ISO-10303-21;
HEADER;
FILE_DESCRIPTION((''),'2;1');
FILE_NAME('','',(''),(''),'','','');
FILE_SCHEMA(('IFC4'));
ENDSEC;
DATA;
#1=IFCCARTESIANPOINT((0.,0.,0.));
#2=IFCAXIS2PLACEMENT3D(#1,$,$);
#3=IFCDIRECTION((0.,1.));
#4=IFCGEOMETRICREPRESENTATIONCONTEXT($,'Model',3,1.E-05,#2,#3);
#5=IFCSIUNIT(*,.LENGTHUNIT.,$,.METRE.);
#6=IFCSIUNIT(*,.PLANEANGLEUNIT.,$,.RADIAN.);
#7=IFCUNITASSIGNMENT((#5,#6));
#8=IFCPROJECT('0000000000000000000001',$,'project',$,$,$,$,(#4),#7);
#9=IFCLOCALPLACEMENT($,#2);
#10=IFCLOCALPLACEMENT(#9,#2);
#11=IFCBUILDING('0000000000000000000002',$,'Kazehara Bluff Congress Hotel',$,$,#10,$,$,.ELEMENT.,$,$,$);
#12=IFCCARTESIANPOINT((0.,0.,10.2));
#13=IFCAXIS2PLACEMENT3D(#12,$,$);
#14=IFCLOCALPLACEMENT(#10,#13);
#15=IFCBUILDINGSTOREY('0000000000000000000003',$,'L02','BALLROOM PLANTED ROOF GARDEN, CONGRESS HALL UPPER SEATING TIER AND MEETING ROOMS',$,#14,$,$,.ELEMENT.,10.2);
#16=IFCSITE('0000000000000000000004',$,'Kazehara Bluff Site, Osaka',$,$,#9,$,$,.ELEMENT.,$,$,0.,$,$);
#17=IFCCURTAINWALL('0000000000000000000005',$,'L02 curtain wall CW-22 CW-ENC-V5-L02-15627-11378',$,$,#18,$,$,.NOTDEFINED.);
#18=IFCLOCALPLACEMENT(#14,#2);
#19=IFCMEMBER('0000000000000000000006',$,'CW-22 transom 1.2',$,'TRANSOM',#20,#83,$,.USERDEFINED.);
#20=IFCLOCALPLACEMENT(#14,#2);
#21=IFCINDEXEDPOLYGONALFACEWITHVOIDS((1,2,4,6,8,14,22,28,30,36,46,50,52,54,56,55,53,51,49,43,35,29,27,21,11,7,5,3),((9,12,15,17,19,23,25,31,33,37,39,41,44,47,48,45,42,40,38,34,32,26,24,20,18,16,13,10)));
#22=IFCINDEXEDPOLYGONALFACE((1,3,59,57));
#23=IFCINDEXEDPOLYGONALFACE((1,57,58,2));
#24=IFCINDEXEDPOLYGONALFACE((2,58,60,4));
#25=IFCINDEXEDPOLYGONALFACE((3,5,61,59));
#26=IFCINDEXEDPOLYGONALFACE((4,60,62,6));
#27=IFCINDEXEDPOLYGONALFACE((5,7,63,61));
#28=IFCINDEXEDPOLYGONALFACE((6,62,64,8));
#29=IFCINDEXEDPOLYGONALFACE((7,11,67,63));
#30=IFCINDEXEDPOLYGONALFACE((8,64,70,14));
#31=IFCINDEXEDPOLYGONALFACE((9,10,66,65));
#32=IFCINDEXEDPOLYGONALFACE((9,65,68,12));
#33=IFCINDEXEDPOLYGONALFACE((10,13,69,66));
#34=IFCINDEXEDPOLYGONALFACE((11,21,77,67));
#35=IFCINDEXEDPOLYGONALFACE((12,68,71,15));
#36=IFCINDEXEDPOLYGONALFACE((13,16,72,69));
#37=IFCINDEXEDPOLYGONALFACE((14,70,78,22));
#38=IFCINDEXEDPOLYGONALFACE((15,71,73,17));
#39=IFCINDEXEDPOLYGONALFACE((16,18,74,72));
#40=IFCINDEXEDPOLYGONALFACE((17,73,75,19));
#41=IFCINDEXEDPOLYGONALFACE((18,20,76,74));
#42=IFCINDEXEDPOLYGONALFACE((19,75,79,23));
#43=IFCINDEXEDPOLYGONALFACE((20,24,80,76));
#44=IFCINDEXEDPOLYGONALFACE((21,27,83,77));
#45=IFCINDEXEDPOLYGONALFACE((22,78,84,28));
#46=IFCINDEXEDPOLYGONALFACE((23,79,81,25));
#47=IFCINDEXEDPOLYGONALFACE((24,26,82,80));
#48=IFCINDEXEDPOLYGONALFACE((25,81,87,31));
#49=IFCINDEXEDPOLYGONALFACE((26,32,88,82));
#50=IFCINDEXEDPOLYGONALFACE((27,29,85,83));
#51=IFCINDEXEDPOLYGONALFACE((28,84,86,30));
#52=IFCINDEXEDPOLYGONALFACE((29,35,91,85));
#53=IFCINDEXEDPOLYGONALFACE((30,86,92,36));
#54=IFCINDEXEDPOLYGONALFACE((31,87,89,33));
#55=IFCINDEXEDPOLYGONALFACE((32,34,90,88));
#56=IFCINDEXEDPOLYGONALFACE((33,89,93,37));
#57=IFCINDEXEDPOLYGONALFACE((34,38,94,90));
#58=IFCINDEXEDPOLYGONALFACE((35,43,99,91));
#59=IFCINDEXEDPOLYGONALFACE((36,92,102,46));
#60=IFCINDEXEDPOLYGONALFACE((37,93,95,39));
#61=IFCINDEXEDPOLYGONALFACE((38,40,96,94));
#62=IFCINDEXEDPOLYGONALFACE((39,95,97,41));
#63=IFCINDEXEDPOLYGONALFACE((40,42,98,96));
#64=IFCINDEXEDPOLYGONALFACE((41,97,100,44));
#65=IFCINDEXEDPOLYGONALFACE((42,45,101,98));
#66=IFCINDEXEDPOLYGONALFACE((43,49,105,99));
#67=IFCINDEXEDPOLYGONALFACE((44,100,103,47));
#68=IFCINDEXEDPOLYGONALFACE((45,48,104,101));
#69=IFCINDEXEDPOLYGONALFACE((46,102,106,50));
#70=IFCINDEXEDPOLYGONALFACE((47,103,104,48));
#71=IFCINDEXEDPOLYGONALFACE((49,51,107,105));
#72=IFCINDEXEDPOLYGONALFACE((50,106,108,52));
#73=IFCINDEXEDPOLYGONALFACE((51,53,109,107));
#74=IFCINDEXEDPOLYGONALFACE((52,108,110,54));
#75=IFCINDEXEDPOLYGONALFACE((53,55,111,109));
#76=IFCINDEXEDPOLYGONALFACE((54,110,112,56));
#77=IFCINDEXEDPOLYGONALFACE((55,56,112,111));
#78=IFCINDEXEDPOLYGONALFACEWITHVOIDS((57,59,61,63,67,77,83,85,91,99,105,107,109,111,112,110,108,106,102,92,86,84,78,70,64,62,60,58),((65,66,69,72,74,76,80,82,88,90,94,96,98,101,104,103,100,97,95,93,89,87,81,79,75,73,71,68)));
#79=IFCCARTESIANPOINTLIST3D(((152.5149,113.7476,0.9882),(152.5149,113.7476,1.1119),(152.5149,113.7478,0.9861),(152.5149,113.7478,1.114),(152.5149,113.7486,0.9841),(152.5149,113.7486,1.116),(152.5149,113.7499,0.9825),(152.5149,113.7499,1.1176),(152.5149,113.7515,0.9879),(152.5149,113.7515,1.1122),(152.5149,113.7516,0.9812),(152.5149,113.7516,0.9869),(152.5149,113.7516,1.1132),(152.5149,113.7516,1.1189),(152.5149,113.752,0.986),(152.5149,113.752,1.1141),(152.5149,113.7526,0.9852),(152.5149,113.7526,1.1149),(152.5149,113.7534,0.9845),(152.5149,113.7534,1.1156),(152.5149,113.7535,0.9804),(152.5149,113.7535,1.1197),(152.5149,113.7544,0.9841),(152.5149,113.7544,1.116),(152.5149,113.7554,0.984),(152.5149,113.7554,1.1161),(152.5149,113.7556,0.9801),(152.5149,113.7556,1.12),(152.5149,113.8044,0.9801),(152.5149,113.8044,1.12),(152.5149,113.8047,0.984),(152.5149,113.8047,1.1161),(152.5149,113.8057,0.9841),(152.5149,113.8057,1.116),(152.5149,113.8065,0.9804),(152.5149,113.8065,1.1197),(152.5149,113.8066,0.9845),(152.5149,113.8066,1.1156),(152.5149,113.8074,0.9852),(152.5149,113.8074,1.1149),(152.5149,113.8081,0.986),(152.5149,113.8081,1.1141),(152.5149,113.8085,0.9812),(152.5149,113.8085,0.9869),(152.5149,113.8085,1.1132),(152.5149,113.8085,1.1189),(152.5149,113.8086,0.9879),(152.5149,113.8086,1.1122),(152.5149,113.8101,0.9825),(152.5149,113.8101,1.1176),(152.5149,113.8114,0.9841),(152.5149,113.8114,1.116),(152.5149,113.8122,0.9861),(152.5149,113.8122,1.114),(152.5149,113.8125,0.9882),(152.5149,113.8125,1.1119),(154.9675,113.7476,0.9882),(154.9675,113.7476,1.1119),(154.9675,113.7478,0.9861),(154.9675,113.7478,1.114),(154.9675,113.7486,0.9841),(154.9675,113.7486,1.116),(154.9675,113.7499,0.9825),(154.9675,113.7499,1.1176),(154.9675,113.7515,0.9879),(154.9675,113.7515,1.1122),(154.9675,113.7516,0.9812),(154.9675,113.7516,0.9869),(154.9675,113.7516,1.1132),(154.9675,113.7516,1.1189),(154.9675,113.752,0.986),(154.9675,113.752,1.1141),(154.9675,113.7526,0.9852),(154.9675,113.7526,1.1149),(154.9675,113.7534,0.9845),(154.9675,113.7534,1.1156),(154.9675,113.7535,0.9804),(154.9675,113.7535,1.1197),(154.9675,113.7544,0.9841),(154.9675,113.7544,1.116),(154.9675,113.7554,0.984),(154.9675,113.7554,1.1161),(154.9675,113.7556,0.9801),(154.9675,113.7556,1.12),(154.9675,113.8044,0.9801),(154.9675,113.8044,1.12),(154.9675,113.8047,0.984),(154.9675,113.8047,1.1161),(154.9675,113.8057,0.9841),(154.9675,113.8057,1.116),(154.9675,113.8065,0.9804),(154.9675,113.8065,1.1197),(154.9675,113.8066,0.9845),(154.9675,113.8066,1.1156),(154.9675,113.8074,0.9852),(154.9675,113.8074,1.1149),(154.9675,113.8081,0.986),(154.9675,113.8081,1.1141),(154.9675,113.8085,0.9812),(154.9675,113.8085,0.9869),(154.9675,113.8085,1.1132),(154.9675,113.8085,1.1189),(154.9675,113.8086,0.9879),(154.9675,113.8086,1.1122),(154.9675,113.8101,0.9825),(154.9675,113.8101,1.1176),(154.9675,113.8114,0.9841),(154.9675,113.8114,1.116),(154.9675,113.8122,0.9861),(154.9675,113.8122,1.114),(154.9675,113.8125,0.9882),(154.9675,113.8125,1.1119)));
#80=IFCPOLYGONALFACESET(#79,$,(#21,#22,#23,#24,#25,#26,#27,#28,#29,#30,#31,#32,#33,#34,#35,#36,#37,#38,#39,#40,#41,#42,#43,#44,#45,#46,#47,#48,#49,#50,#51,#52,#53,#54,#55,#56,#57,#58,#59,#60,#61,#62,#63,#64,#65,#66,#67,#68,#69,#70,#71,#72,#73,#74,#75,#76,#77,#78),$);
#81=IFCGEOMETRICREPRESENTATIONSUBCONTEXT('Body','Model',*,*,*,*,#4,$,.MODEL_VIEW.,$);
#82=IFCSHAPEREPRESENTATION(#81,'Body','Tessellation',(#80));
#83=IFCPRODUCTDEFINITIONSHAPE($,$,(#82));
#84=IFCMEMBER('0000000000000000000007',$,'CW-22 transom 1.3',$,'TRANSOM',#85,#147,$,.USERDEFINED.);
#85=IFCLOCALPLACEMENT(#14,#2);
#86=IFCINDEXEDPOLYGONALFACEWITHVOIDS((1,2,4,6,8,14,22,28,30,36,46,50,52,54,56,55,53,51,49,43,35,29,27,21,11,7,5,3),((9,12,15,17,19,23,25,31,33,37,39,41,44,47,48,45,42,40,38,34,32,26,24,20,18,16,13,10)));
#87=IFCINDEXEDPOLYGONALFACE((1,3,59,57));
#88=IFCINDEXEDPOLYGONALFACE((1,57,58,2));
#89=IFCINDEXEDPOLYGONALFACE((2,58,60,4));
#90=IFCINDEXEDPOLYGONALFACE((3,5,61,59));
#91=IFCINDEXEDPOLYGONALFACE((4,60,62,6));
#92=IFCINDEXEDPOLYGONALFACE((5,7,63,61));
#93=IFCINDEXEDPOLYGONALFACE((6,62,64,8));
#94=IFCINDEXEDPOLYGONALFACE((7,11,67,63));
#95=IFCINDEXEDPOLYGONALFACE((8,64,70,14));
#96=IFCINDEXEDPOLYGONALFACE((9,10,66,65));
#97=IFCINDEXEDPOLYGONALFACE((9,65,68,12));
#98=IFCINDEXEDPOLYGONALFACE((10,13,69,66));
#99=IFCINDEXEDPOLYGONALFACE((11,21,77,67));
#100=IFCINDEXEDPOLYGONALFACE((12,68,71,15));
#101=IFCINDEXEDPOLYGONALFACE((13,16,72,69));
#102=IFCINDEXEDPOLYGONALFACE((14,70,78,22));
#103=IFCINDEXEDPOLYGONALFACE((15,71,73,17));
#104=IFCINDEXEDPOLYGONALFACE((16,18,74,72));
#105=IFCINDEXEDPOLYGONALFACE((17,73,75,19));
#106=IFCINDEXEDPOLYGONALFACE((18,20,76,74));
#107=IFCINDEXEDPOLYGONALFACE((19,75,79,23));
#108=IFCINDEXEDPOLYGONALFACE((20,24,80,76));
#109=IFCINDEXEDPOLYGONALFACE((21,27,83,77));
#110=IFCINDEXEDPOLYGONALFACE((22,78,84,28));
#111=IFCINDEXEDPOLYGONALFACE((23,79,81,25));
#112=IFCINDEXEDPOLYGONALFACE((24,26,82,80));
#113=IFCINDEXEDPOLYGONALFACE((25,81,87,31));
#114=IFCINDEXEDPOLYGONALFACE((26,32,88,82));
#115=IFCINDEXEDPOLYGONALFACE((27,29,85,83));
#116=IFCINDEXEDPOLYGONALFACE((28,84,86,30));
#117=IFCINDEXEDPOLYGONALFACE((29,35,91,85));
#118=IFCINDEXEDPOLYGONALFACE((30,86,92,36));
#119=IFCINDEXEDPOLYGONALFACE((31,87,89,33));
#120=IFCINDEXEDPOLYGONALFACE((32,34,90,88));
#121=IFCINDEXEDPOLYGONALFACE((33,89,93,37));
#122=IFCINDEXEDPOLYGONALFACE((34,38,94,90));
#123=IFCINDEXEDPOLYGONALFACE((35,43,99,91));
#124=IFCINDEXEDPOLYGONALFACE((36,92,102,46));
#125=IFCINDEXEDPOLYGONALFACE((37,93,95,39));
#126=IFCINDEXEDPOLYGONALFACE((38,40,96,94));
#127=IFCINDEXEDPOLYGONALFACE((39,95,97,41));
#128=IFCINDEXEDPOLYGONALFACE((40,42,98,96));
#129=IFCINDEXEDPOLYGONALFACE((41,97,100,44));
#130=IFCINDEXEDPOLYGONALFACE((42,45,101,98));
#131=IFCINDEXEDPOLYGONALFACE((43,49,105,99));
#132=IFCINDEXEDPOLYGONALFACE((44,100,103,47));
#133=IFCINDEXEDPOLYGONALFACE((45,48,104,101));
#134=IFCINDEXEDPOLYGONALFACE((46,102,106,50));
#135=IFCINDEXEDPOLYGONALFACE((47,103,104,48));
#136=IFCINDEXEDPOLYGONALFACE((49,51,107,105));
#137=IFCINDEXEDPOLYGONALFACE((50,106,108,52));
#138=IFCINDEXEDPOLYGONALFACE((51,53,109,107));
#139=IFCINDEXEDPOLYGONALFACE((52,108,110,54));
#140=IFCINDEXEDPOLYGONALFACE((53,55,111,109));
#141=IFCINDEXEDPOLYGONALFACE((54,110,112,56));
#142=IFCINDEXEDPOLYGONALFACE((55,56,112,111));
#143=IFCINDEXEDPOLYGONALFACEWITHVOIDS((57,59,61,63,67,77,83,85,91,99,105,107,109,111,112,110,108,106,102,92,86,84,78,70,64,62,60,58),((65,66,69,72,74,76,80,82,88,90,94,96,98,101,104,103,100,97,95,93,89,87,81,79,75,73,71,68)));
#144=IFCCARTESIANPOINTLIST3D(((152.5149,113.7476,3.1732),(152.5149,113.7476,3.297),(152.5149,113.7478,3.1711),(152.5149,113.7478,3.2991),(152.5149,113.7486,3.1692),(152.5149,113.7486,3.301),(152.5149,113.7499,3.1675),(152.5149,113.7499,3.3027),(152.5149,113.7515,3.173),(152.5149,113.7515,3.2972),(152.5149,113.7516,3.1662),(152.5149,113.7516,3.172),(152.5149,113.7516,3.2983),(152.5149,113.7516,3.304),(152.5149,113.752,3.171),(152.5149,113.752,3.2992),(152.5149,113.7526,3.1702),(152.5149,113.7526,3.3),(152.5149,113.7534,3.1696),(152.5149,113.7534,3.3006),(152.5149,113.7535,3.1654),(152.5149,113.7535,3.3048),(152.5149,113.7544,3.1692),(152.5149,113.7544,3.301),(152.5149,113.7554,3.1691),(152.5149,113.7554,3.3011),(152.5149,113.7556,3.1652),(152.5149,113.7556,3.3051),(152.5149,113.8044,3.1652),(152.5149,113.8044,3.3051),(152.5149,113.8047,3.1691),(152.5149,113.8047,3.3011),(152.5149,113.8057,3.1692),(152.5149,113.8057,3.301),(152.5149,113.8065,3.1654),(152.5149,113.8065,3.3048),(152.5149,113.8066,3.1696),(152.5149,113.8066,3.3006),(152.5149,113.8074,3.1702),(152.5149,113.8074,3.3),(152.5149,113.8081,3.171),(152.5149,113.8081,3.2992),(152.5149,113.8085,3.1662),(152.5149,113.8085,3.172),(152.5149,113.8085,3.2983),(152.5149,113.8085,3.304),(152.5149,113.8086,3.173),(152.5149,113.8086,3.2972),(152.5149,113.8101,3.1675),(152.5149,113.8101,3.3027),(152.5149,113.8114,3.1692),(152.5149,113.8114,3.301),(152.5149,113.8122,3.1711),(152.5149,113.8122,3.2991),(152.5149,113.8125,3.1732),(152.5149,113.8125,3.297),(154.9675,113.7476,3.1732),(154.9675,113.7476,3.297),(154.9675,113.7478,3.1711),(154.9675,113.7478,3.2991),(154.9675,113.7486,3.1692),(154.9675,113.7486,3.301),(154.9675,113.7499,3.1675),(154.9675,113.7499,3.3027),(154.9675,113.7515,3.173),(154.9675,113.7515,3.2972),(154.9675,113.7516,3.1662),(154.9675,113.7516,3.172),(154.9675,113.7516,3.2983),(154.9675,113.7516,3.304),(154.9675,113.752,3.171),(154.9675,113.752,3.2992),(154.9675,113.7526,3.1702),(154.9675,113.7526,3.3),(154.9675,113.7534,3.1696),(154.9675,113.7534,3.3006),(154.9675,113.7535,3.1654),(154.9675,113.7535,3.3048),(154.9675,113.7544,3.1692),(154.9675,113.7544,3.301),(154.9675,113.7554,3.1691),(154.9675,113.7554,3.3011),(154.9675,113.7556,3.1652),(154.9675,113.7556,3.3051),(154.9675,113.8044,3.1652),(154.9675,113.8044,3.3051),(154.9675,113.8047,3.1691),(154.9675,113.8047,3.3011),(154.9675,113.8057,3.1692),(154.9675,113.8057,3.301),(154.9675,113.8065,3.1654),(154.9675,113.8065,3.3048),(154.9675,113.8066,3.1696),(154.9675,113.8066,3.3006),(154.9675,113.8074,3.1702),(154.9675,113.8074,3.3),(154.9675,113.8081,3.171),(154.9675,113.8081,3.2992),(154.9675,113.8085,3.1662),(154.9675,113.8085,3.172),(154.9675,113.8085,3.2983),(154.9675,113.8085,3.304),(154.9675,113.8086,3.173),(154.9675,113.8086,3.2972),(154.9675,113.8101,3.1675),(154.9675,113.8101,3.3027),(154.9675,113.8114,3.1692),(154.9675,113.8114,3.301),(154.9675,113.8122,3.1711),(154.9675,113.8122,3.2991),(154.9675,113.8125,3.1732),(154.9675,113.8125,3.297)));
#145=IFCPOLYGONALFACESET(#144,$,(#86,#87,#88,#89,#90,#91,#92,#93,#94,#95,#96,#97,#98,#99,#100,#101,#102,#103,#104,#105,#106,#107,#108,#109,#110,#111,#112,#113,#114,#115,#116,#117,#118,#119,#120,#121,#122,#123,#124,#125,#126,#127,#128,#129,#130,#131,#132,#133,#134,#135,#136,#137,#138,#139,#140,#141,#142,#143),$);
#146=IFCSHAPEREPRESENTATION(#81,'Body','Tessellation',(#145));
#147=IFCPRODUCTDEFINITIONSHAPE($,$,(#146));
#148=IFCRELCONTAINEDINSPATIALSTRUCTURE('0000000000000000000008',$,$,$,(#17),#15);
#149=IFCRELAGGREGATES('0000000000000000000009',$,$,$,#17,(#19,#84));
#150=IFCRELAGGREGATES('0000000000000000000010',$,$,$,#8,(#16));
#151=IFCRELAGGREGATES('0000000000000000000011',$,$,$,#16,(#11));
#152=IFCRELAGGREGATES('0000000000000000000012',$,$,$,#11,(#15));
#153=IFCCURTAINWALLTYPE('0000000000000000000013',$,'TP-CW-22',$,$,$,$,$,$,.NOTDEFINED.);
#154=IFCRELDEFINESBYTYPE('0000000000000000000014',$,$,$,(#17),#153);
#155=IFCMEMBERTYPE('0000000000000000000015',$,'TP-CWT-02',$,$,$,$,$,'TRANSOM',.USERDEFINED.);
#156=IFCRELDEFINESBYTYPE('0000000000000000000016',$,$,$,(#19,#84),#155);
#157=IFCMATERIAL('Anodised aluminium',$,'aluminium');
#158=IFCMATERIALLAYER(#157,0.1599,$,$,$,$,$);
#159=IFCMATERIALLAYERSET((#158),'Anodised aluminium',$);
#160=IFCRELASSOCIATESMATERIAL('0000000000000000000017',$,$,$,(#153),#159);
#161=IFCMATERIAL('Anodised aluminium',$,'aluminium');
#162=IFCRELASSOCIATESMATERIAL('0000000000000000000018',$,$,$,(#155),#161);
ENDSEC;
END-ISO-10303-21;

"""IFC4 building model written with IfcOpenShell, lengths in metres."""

from ifc_helpers import new_model, si_unit, direction, frame, origin, origin_2d, place, context, subcontext, project, spatial, hollow_rectangle, extrude, material, layer, layer_set, material_profile, profile_set, type_object, element, aggregate, save


model = new_model("IFC4")

# Units and contexts
model_context = context("Model", 3, precision=1e-05, world=origin(), true_north=direction((0.0, 1.0)))
body_context = subcontext(model_context, "Body", "Model", "MODEL_VIEW")
ifc_project = project(units=[si_unit("LENGTHUNIT", "METRE"), si_unit("PLANEANGLEUNIT", "RADIAN")], contexts=[model_context])

# Site, building, storey
site_placement = place(None, origin())
site = spatial("IfcSite", under=ifc_project, at=site_placement, Name="Kazehara Bluff Site, Osaka", CompositionType="ELEMENT", RefElevation=0.0)
building_placement = place(site_placement, origin())
building = spatial("IfcBuilding", under=site, at=building_placement, Name="Kazehara Bluff Congress Hotel", CompositionType="ELEMENT")
storey_placement = place(building_placement, frame((0.0, 0.0, 10.2)))
storey = spatial("IfcBuildingStorey", under=building, at=storey_placement, Name="L02", Description="BALLROOM PLANTED ROOF GARDEN, CONGRESS HALL UPPER SEATING TIER AND MEETING ROOMS", CompositionType="ELEMENT", Elevation=10.2)

# Curtain wall
ifc_material_1 = material(Name="Anodised aluminium", Category="aluminium")
ifc_layer_1 = layer(ifc_material_1, 0.1599)
ifc_layer_set_1 = layer_set([ifc_layer_1], Name="Anodised aluminium")
curtain_wall_type = type_object("IfcCurtainWallType", Name="TP-CW-22", PredefinedType="NOTDEFINED", material=ifc_layer_set_1)
curtain_wall_1_placement = place(storey_placement, origin())
curtain_wall_1 = element("IfcCurtainWall", 1, at=curtain_wall_1_placement, inside=storey, type_object=curtain_wall_type, Name="L02 curtain wall CW-22 CW-ENC-V5-L02-15627-11378", PredefinedType="NOTDEFINED")

# Members
ifc_material_2 = material(Name="Anodised aluminium", Category="aluminium")
ifc_material_profile_1 = material_profile(ifc_material_2, hollow_rectangle(XDim=0.0649, YDim=0.1399, WallThickness=0.0039, InnerFilletRadius=0.0039, OuterFilletRadius=0.0081, at=origin_2d()))
ifc_profile_set_1 = profile_set([ifc_material_profile_1], Name="Anodised aluminium")
member_type_1 = type_object("IfcMemberType", Name="TP-CWT-02", ElementType="TRANSOM", PredefinedType="USERDEFINED", material=ifc_profile_set_1)
member_1_placement = place(storey_placement, frame((152.5149, 113.78, 1.05), z_axis=(1.0, 0.0, 0.0), x_axis=(0.0, 1.0, 0.0)))
member_1 = element("IfcMember", 2, at=member_1_placement, type_object=member_type_1, Name="CW-22 transom 1.2", ObjectType="TRANSOM", PredefinedType="USERDEFINED", context=body_context, shape_type="SweptSolid", body=[
    extrude(hollow_rectangle(XDim=0.0649, YDim=0.1399, WallThickness=0.0039, InnerFilletRadius=0.0039, OuterFilletRadius=0.0081, at=origin_2d()), origin(), (0.0, 0.0, 1.0), 2.4526),
])
member_2_placement = place(storey_placement, frame((152.5149, 113.78, 3.2351), z_axis=(1.0, 0.0, 0.0), x_axis=(0.0, 1.0, 0.0)))
member_2 = element("IfcMember", 3, at=member_2_placement, type_object=member_type_1, Name="CW-22 transom 1.3", ObjectType="TRANSOM", PredefinedType="USERDEFINED", context=body_context, shape_type="SweptSolid", body=[
    extrude(hollow_rectangle(XDim=0.0649, YDim=0.1399, WallThickness=0.0039, InnerFilletRadius=0.0039, OuterFilletRadius=0.0081, at=origin_2d()), origin(), (0.0, 0.0, 1.0), 2.4526),
])

aggregate(curtain_wall_1, [member_1, member_2])

save(model, "model.ifc")
